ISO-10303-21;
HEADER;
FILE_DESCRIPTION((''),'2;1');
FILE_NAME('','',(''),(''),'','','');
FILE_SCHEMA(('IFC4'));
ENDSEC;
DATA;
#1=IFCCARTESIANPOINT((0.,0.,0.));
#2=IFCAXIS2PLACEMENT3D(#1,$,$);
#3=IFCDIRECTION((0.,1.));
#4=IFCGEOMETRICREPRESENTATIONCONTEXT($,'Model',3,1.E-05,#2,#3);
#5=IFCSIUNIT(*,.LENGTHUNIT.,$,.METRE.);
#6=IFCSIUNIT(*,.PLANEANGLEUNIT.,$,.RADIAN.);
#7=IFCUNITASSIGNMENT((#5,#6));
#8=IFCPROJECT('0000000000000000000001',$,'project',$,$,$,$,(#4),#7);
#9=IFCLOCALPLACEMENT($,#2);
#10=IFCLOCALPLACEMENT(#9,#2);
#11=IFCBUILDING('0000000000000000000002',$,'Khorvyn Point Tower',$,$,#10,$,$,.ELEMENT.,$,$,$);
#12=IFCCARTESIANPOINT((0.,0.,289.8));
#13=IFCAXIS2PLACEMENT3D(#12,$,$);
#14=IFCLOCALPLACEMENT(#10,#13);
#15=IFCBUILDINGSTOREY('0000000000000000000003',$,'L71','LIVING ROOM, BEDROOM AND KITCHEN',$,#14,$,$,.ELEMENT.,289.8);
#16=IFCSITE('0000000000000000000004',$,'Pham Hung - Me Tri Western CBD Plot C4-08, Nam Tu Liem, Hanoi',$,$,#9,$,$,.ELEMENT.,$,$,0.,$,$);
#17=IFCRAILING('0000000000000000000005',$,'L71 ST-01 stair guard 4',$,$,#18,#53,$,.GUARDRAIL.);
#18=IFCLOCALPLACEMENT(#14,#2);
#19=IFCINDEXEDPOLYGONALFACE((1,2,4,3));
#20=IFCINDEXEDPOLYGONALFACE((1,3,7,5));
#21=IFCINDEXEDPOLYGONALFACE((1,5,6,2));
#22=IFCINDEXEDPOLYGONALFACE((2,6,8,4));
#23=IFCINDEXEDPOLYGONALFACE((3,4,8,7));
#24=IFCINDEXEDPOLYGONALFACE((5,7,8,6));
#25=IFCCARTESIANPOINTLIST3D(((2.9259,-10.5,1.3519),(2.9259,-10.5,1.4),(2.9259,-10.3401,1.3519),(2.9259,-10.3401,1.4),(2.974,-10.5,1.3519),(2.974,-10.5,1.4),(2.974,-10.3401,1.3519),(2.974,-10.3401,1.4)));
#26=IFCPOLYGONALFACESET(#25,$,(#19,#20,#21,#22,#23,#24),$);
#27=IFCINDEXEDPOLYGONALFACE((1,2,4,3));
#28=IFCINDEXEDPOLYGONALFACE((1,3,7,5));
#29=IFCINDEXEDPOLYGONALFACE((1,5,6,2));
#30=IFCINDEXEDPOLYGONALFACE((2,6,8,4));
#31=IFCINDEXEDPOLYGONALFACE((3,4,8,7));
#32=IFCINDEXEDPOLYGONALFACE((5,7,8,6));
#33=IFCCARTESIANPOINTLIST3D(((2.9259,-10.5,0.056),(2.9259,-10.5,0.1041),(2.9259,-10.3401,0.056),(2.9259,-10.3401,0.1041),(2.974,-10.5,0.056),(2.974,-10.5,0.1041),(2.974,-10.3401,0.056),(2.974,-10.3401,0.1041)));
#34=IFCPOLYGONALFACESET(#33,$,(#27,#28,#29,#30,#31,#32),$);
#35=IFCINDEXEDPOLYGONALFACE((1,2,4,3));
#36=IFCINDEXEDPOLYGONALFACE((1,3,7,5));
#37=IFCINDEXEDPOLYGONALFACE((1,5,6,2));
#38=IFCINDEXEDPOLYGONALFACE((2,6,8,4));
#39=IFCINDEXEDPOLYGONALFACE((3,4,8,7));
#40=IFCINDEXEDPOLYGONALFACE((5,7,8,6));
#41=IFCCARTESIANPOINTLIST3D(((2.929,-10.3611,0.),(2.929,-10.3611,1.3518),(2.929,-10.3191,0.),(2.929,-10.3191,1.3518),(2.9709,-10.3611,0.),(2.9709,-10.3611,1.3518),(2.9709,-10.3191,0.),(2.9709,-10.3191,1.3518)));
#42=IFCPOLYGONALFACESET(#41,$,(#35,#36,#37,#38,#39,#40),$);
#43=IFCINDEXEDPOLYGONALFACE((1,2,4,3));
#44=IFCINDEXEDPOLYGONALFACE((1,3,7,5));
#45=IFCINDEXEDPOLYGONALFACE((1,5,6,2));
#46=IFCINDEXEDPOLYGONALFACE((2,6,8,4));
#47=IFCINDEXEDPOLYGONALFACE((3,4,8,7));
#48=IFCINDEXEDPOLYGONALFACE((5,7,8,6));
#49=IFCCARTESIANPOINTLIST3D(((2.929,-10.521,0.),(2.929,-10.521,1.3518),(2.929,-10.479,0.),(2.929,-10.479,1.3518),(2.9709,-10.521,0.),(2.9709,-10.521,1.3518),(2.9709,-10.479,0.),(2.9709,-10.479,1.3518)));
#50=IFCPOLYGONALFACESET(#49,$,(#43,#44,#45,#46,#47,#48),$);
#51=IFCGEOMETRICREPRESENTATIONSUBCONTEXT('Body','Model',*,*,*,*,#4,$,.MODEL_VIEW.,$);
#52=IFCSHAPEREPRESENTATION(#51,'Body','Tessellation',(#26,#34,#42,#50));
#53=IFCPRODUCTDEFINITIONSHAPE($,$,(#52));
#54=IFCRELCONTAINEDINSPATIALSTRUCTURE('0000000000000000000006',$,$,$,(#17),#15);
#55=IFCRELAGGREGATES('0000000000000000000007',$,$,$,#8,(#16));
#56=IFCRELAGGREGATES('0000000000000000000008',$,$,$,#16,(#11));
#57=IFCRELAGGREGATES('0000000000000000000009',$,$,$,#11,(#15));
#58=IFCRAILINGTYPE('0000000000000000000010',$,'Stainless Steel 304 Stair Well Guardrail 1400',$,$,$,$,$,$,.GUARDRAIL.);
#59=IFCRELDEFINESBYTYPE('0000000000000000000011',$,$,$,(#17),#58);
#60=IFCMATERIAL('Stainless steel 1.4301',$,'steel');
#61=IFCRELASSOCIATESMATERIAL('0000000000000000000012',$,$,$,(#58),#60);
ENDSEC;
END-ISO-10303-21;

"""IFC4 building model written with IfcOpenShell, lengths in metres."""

from ifc_helpers import new_model, si_unit, direction, frame, origin, origin_2d, place, context, subcontext, project, spatial, rectangle, extrude, material, type_object, element, save


model = new_model("IFC4")

# Units and contexts
model_context = context("Model", 3, precision=1e-05, world=origin(), true_north=direction((0.0, 1.0)))
body_context = subcontext(model_context, "Body", "Model", "MODEL_VIEW")
ifc_project = project(units=[si_unit("LENGTHUNIT", "METRE"), si_unit("PLANEANGLEUNIT", "RADIAN")], contexts=[model_context])

# Site, building, storey
site_placement = place(None, origin())
site = spatial("IfcSite", under=ifc_project, at=site_placement, Name="Pham Hung - Me Tri Western CBD Plot C4-08, Nam Tu Liem, Hanoi", CompositionType="ELEMENT", RefElevation=0.0)
building_placement = place(site_placement, origin())
building = spatial("IfcBuilding", under=site, at=building_placement, Name="Khorvyn Point Tower", CompositionType="ELEMENT")
storey_placement = place(building_placement, frame((0.0, 0.0, 289.8)))
storey = spatial("IfcBuildingStorey", under=building, at=storey_placement, Name="L71", Description="LIVING ROOM, BEDROOM AND KITCHEN", CompositionType="ELEMENT", Elevation=289.8)

# Shared definitions
ifc_material_1 = material(Name="Stainless steel 1.4301", Category="steel")

# Railing
railing_type_1 = type_object("IfcRailingType", Name="Stainless Steel 304 Stair Well Guardrail 1400", PredefinedType="GUARDRAIL", material=ifc_material_1)
railing_1_placement = place(storey_placement, frame((2.95, -10.3401, 0.0)))
element("IfcRailing", 1, at=railing_1_placement, inside=storey, type_object=railing_type_1, Name="L71 ST-01 stair guard 4", PredefinedType="GUARDRAIL", context=body_context, shape_type="SweptSolid", body=[
    extrude(rectangle(XDim=0.0481, YDim=0.0481, at=origin_2d()), frame((0.0, 0.0, 1.376), z_axis=(0.0, -1.0, 0.0), x_axis=(1.0, 0.0, 0.0)), (0.0, 0.0, 1.0), 0.1599),
    extrude(rectangle(XDim=0.0481, YDim=0.0481, at=origin_2d()), frame((0.0, 0.0, 0.0801), z_axis=(0.0, -1.0, 0.0), x_axis=(1.0, 0.0, 0.0)), (0.0, 0.0, 1.0), 0.1599),
    extrude(rectangle(XDim=0.042, YDim=0.042, at=origin_2d()), origin(), (0.0, 0.0, 1.0), 1.3518),
    extrude(rectangle(XDim=0.042, YDim=0.042, at=origin_2d()), frame((0.0, -0.1599, 0.0)), (0.0, 0.0, 1.0), 1.3518),
])

save(model, "model.ifc")
